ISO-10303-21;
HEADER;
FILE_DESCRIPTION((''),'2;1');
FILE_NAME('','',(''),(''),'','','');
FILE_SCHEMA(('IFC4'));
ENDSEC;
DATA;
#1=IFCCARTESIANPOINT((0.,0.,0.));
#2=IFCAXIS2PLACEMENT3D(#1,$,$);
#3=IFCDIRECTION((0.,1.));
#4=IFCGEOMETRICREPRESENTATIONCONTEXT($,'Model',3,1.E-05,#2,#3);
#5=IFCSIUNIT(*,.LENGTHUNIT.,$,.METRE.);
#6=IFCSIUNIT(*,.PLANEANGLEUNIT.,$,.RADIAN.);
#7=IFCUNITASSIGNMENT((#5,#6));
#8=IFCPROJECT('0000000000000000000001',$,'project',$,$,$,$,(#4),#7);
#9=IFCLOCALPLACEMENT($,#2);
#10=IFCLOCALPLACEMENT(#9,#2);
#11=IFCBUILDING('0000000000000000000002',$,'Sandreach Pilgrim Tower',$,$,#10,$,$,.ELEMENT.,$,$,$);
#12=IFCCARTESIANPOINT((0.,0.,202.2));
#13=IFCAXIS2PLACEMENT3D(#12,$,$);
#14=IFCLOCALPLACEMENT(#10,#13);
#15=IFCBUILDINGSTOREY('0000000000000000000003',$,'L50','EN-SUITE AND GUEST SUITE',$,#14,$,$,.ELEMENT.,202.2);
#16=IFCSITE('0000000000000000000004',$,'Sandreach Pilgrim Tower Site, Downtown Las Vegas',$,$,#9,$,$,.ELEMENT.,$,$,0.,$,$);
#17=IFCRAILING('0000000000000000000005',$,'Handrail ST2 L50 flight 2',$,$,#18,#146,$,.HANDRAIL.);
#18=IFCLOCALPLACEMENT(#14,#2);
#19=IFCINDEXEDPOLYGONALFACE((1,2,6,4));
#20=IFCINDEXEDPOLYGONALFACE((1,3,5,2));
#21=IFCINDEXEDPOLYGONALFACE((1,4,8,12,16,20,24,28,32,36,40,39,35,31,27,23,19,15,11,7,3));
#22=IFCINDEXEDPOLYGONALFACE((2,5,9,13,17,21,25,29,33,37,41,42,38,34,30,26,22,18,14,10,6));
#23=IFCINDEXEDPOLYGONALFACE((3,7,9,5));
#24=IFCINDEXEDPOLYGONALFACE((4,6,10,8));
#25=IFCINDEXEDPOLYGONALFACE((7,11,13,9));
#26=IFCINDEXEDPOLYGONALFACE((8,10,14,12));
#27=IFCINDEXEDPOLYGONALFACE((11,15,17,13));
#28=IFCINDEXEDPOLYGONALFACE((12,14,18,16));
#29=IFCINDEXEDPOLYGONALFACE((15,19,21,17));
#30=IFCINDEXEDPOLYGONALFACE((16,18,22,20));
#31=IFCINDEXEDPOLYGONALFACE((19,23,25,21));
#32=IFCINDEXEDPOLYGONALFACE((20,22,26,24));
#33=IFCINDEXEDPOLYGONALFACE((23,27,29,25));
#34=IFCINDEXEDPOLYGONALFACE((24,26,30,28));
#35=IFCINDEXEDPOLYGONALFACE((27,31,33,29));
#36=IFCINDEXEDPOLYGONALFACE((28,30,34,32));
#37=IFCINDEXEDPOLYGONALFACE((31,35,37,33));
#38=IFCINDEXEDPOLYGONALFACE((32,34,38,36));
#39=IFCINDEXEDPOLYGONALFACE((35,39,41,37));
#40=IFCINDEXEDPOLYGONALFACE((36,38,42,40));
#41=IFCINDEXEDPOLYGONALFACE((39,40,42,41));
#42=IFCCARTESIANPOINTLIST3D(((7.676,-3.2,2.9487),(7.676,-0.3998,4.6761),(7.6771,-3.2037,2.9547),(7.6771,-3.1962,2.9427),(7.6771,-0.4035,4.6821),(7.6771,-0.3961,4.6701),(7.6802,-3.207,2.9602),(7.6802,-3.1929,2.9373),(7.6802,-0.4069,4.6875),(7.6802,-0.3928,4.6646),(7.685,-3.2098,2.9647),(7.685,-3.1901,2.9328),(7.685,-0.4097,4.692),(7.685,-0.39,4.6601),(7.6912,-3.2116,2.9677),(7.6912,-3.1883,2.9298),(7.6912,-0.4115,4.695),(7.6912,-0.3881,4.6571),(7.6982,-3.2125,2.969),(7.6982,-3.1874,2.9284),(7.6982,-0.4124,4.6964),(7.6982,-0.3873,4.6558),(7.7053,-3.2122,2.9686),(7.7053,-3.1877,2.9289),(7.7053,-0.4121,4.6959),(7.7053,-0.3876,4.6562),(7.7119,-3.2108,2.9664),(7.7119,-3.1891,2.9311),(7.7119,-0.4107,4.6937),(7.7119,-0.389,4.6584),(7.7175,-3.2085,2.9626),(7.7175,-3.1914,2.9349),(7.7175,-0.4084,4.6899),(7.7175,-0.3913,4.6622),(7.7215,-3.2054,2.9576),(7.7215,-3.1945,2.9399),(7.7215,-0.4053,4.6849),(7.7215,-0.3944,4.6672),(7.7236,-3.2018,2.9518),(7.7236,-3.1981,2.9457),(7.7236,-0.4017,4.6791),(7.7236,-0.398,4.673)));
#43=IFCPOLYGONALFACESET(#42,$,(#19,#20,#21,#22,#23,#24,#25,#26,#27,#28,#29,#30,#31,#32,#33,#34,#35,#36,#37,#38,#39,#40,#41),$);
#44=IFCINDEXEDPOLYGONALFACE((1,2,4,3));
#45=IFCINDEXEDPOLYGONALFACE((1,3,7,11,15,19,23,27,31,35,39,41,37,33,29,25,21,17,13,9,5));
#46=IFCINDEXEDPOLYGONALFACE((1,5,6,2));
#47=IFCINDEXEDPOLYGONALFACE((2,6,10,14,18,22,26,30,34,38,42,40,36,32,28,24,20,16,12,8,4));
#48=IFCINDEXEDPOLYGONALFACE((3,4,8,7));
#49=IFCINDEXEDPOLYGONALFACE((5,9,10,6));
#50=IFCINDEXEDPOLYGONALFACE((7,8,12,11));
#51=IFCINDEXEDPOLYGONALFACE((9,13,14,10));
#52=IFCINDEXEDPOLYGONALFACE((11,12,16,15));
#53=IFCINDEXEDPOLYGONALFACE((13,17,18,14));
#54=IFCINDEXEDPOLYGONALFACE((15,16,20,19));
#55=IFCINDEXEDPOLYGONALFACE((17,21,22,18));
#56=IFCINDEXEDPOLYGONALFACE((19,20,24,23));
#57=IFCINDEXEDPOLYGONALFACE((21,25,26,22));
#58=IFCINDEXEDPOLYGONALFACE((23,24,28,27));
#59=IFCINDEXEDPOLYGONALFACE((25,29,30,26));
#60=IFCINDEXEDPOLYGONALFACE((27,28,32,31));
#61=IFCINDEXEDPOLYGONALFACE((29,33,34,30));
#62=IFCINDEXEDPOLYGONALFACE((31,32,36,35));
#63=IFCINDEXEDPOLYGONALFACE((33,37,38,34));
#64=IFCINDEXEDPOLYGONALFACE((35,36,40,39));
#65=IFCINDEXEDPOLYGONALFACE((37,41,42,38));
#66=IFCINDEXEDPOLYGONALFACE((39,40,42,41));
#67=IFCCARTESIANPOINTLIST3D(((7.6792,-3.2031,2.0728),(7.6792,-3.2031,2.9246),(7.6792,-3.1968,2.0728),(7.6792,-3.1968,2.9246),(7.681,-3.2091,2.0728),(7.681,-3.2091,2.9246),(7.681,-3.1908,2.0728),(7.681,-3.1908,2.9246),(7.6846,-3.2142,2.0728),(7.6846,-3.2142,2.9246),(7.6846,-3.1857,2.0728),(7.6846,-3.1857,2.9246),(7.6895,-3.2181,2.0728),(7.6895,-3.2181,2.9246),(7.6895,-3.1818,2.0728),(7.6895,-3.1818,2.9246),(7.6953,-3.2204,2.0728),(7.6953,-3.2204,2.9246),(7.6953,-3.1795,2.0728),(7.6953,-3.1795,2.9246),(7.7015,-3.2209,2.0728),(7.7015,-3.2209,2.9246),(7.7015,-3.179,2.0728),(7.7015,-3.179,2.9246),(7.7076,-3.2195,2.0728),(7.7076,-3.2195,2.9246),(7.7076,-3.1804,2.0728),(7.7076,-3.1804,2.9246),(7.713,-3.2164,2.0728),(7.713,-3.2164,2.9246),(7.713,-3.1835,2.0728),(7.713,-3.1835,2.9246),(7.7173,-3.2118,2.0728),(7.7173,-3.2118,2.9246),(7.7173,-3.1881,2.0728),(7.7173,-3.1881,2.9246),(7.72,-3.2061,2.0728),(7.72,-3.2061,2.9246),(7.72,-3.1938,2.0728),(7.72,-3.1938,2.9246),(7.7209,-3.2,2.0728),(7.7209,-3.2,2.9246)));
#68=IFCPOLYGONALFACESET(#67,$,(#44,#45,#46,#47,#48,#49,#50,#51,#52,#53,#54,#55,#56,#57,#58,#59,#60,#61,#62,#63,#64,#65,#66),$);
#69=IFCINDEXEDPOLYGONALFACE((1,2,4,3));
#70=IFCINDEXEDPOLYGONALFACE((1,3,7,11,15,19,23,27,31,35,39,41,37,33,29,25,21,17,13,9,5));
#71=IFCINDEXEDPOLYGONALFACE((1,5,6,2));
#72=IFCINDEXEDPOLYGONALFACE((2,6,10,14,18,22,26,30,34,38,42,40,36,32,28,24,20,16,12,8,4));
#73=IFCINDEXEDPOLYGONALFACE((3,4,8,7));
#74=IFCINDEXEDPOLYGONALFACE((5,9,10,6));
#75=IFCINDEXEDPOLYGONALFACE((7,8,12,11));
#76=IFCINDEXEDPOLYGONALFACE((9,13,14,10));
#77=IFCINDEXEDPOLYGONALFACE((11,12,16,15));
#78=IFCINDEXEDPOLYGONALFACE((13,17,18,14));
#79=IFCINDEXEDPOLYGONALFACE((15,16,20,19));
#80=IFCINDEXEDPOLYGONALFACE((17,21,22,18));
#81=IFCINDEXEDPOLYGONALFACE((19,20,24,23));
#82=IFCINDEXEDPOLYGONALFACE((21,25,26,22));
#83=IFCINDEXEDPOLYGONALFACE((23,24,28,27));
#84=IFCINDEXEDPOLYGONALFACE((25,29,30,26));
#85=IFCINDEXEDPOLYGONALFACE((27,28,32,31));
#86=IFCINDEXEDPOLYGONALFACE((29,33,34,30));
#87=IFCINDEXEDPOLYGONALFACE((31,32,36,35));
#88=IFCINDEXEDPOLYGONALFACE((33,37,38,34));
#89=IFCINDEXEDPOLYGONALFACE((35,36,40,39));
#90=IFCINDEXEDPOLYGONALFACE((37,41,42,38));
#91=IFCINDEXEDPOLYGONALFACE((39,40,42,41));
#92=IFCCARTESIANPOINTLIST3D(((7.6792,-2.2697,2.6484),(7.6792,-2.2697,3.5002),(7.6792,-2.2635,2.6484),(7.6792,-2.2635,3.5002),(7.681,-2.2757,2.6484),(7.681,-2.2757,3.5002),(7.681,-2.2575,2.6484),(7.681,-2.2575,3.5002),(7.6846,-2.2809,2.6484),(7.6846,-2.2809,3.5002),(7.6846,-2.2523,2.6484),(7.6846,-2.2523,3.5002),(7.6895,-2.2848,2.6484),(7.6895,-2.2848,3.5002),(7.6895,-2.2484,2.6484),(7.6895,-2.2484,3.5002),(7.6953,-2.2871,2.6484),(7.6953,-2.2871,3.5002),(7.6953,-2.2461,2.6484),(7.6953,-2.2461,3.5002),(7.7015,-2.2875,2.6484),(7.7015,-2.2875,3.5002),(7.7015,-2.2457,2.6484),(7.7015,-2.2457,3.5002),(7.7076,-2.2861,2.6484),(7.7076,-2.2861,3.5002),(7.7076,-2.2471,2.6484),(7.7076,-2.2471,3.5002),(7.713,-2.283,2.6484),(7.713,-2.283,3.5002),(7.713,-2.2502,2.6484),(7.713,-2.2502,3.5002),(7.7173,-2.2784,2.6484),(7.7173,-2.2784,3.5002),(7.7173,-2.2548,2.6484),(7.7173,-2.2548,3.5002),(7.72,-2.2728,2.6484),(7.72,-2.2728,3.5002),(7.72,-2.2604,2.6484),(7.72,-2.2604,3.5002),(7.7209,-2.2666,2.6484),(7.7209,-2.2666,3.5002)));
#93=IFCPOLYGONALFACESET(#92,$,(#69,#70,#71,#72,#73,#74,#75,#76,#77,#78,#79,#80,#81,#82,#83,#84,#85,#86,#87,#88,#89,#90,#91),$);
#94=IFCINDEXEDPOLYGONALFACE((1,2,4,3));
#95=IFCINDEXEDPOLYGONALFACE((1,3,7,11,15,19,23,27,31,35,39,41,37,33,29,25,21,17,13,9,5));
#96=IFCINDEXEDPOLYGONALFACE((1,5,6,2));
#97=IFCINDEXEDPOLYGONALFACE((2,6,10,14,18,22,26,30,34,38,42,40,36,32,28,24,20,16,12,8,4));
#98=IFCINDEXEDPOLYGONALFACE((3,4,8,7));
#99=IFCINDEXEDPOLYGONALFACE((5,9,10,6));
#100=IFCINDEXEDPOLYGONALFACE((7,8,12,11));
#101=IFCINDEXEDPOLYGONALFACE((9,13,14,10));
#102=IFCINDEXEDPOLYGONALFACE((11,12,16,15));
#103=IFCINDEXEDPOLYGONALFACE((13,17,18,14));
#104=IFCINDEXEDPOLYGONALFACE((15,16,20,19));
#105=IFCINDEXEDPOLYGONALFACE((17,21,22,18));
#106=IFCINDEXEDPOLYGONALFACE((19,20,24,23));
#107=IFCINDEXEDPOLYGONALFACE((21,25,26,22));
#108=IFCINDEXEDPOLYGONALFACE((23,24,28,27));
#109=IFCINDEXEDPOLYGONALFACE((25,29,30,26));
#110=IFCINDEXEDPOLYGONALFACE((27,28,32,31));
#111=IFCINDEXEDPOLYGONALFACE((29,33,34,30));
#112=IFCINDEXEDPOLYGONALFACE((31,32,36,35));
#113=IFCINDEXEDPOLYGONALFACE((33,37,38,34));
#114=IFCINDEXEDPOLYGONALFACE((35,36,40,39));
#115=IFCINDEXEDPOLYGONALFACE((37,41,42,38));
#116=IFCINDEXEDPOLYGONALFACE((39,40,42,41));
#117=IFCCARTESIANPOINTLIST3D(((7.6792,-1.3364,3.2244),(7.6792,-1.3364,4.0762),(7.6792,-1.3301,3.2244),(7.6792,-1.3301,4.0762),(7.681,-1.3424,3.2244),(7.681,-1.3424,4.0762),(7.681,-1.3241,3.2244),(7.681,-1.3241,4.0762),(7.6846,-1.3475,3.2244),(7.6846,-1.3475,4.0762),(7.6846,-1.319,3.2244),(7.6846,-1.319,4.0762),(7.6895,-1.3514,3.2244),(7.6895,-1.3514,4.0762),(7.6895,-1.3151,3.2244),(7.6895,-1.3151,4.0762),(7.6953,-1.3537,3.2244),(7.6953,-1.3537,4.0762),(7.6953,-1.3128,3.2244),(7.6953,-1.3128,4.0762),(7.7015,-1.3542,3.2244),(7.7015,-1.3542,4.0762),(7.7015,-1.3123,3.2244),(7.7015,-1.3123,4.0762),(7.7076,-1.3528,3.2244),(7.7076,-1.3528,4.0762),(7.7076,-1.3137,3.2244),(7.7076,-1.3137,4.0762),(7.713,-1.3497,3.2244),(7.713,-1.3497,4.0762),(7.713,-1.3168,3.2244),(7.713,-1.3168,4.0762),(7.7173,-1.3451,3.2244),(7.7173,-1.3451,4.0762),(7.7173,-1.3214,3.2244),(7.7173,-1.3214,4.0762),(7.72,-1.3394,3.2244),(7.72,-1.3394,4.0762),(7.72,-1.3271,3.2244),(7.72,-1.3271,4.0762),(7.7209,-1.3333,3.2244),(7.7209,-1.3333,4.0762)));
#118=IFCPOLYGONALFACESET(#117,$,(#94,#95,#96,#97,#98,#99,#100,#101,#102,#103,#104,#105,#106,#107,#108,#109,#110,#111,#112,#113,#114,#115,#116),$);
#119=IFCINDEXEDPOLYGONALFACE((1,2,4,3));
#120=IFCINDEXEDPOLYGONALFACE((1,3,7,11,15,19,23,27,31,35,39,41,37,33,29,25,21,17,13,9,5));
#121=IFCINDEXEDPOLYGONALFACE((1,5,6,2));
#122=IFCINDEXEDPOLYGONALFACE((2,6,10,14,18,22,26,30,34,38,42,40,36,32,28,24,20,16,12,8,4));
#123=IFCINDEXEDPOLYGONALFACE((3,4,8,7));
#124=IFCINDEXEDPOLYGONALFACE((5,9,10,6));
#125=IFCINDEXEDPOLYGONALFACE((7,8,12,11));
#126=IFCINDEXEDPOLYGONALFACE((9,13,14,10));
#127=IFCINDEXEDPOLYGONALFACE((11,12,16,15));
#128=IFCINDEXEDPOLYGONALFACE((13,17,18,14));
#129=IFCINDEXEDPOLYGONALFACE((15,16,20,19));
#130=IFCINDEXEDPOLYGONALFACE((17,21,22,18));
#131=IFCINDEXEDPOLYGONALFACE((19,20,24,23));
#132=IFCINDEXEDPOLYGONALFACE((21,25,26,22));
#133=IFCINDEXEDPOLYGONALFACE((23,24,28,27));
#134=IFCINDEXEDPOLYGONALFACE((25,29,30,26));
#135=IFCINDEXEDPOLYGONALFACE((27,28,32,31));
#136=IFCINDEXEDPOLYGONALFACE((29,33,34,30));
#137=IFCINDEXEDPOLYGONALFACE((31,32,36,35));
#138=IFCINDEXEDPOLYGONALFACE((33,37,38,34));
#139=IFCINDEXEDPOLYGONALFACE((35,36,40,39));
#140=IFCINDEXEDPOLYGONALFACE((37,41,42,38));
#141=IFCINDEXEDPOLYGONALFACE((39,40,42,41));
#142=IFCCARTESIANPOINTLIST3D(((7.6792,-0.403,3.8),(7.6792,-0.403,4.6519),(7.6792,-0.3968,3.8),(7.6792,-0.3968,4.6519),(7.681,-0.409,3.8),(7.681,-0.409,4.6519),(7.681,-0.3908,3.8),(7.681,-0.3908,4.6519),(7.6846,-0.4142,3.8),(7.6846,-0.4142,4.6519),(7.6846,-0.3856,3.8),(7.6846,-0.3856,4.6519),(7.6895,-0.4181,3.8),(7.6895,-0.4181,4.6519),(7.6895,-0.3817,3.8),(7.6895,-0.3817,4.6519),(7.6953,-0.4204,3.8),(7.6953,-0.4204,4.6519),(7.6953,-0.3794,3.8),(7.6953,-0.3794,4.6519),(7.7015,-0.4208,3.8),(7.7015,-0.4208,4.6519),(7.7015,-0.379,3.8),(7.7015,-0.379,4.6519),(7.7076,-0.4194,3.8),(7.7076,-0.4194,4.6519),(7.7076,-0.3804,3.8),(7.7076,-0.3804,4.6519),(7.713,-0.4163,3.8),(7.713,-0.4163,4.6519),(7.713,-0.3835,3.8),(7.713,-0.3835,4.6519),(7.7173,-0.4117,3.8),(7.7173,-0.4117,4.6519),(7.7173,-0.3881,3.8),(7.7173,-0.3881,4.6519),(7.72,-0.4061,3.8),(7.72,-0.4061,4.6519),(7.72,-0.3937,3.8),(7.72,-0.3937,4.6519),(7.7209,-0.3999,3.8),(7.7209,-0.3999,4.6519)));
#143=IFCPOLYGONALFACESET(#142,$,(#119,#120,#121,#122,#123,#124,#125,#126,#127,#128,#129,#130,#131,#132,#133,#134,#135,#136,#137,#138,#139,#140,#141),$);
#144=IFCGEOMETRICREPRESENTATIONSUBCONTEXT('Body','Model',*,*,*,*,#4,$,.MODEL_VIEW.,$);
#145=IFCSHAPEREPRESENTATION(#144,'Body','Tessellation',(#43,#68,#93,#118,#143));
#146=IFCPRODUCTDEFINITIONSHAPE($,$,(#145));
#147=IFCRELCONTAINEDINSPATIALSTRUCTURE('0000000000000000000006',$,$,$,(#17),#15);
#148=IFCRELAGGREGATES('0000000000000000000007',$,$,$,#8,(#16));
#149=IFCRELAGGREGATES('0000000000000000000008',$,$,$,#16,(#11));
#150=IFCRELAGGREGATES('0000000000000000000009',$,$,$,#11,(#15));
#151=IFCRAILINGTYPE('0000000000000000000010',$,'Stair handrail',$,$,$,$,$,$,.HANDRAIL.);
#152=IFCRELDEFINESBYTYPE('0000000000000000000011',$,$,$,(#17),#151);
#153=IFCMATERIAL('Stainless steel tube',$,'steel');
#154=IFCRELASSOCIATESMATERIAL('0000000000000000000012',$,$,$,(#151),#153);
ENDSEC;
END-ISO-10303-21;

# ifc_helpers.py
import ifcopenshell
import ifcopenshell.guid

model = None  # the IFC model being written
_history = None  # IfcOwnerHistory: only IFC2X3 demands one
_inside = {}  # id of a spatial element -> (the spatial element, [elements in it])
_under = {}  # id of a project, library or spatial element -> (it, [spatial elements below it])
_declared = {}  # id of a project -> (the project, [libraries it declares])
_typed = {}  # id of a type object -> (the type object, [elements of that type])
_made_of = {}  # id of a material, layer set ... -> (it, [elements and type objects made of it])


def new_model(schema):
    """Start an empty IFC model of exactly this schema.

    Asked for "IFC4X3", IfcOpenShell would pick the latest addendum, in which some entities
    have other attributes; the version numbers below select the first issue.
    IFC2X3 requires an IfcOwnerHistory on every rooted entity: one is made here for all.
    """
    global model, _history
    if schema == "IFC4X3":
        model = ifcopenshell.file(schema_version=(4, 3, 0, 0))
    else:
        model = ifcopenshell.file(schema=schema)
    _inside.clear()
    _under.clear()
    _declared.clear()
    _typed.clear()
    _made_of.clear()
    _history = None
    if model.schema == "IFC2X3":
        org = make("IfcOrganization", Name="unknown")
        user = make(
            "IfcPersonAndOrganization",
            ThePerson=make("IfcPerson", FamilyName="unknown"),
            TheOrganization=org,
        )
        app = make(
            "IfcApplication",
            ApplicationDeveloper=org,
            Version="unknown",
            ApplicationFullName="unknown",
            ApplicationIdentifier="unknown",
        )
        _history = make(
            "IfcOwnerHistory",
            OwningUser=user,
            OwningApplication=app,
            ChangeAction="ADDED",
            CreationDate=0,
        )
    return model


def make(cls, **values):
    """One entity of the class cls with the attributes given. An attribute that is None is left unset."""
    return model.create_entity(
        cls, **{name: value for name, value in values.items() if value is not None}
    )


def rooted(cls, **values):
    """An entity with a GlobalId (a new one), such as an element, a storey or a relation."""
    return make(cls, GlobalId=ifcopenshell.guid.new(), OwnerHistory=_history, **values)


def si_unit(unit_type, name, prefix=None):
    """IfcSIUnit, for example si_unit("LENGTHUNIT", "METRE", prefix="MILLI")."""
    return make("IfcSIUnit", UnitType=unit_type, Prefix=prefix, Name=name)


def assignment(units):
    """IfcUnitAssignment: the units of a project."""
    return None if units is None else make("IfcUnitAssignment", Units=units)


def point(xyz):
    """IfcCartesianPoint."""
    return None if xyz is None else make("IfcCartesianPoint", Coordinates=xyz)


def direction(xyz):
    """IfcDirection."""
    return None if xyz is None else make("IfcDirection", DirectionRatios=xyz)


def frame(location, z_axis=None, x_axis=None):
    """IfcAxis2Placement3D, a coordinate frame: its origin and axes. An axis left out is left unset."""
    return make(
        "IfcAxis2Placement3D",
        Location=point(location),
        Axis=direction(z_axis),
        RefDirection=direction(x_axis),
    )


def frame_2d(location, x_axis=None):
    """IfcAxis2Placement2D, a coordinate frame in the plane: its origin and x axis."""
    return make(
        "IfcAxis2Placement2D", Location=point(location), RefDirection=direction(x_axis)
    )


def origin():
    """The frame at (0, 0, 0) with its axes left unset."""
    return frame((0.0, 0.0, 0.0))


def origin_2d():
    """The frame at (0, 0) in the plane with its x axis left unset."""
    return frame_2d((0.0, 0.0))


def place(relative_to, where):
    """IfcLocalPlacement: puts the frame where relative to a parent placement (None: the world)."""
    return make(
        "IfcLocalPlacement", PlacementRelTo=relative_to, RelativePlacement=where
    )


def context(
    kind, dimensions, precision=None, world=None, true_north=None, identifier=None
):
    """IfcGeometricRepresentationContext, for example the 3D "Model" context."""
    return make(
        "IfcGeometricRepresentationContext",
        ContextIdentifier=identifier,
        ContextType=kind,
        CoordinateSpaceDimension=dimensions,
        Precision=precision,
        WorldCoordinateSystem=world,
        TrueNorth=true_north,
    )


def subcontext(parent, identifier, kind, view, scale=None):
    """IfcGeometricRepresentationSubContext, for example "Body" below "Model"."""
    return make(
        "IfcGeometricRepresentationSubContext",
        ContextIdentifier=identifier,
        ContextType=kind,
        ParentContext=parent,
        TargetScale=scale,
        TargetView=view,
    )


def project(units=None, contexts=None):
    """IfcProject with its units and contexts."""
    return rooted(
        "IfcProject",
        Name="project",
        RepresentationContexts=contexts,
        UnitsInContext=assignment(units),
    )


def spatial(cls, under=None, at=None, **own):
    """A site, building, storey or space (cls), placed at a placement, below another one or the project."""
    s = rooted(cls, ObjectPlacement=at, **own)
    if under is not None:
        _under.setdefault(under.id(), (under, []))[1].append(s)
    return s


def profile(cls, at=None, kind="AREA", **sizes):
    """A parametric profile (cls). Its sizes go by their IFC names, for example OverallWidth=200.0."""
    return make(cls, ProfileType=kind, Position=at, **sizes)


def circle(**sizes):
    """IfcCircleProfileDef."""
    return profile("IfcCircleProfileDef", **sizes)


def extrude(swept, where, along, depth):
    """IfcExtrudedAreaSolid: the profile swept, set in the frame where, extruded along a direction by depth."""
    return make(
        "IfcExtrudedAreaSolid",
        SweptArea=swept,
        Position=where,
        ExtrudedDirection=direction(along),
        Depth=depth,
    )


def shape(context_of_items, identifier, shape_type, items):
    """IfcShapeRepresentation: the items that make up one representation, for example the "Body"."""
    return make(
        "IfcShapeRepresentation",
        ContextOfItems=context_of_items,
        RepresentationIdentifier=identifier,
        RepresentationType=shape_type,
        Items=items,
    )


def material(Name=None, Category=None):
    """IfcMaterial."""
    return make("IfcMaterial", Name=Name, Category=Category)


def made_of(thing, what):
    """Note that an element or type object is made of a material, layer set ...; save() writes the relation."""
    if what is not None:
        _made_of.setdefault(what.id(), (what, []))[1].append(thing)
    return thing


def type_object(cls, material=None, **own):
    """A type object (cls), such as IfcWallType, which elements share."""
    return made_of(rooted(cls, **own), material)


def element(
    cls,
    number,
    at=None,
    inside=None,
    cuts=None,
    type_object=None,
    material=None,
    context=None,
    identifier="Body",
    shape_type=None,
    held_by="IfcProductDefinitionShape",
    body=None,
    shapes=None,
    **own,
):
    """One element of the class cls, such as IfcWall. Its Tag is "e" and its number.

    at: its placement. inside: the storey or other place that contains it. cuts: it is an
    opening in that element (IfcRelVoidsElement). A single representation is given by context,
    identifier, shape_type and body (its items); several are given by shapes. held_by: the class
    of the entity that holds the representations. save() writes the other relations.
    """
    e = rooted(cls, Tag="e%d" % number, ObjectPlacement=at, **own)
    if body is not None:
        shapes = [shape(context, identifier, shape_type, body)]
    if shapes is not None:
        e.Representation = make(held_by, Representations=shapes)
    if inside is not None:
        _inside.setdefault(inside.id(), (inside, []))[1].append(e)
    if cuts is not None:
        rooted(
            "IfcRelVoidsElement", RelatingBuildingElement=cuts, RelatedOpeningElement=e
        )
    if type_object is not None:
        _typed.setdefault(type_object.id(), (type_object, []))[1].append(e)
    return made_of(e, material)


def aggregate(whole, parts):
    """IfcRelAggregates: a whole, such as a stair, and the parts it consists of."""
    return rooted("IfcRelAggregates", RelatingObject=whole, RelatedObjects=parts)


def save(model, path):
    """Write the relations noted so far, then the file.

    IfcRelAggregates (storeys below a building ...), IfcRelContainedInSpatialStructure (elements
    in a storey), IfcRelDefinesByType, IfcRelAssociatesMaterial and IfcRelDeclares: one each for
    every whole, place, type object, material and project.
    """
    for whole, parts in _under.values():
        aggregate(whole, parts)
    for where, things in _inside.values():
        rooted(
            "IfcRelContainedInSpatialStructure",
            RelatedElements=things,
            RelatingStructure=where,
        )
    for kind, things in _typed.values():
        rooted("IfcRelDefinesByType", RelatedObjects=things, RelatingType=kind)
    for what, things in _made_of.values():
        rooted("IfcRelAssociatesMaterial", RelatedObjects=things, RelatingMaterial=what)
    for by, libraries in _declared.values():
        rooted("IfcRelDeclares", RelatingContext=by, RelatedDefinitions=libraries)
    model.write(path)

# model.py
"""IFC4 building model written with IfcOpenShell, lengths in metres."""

from ifc_helpers import new_model, si_unit, direction, frame, origin, origin_2d, place, context, subcontext, project, spatial, circle, extrude, material, type_object, element, save


model = new_model("IFC4")

# Units and contexts
model_context = context("Model", 3, precision=1e-05, world=origin(), true_north=direction((0.0, 1.0)))
body_context = subcontext(model_context, "Body", "Model", "MODEL_VIEW")
ifc_project = project(units=[si_unit("LENGTHUNIT", "METRE"), si_unit("PLANEANGLEUNIT", "RADIAN")], contexts=[model_context])

# Site, building, storey
site_placement = place(None, origin())
site = spatial("IfcSite", under=ifc_project, at=site_placement, Name="Sandreach Pilgrim Tower Site, Downtown Las Vegas", CompositionType="ELEMENT", RefElevation=0.0)
building_placement = place(site_placement, origin())
building = spatial("IfcBuilding", under=site, at=building_placement, Name="Sandreach Pilgrim Tower", CompositionType="ELEMENT")
storey_placement = place(building_placement, frame((0.0, 0.0, 202.2)))
storey = spatial("IfcBuildingStorey", under=building, at=storey_placement, Name="L50", Description="EN-SUITE AND GUEST SUITE", CompositionType="ELEMENT", Elevation=202.2)

# Railing
ifc_material_1 = material(Name="Stainless steel tube", Category="steel")
railing_type = type_object("IfcRailingType", Name="Stair handrail", PredefinedType="HANDRAIL", material=ifc_material_1)
for number, where, name in (
    (1, (7.7, -3.2, 2.0728), "Handrail ST2 L50 flight 2"),
):
    element("IfcRailing", number, at=place(storey_placement, frame(where)), inside=storey, type_object=railing_type, Name=name, PredefinedType="HANDRAIL", context=body_context, shape_type="SweptSolid", body=[
        extrude(circle(Radius=0.0239, at=origin_2d()), frame((0.0, 0.0, 0.876), z_axis=(0.0, 0.85109, 0.52502), x_axis=(-1.0, 0.0, 0.0)), (0.0, 0.0, 1.0), 3.29),
        extrude(circle(Radius=0.021, at=origin_2d()), origin(), (0.0, 0.0, 1.0), 0.8518),
        extrude(circle(Radius=0.021, at=origin_2d()), frame((0.0, 0.9333, 0.5757)), (0.0, 0.0, 1.0), 0.8518),
        extrude(circle(Radius=0.021, at=origin_2d()), frame((0.0, 1.8667, 1.1516)), (0.0, 0.0, 1.0), 0.8518),
        extrude(circle(Radius=0.021, at=origin_2d()), frame((0.0, 2.8, 1.7273)), (0.0, 0.0, 1.0), 0.8518),
    ])

save(model, "model.ifc")
